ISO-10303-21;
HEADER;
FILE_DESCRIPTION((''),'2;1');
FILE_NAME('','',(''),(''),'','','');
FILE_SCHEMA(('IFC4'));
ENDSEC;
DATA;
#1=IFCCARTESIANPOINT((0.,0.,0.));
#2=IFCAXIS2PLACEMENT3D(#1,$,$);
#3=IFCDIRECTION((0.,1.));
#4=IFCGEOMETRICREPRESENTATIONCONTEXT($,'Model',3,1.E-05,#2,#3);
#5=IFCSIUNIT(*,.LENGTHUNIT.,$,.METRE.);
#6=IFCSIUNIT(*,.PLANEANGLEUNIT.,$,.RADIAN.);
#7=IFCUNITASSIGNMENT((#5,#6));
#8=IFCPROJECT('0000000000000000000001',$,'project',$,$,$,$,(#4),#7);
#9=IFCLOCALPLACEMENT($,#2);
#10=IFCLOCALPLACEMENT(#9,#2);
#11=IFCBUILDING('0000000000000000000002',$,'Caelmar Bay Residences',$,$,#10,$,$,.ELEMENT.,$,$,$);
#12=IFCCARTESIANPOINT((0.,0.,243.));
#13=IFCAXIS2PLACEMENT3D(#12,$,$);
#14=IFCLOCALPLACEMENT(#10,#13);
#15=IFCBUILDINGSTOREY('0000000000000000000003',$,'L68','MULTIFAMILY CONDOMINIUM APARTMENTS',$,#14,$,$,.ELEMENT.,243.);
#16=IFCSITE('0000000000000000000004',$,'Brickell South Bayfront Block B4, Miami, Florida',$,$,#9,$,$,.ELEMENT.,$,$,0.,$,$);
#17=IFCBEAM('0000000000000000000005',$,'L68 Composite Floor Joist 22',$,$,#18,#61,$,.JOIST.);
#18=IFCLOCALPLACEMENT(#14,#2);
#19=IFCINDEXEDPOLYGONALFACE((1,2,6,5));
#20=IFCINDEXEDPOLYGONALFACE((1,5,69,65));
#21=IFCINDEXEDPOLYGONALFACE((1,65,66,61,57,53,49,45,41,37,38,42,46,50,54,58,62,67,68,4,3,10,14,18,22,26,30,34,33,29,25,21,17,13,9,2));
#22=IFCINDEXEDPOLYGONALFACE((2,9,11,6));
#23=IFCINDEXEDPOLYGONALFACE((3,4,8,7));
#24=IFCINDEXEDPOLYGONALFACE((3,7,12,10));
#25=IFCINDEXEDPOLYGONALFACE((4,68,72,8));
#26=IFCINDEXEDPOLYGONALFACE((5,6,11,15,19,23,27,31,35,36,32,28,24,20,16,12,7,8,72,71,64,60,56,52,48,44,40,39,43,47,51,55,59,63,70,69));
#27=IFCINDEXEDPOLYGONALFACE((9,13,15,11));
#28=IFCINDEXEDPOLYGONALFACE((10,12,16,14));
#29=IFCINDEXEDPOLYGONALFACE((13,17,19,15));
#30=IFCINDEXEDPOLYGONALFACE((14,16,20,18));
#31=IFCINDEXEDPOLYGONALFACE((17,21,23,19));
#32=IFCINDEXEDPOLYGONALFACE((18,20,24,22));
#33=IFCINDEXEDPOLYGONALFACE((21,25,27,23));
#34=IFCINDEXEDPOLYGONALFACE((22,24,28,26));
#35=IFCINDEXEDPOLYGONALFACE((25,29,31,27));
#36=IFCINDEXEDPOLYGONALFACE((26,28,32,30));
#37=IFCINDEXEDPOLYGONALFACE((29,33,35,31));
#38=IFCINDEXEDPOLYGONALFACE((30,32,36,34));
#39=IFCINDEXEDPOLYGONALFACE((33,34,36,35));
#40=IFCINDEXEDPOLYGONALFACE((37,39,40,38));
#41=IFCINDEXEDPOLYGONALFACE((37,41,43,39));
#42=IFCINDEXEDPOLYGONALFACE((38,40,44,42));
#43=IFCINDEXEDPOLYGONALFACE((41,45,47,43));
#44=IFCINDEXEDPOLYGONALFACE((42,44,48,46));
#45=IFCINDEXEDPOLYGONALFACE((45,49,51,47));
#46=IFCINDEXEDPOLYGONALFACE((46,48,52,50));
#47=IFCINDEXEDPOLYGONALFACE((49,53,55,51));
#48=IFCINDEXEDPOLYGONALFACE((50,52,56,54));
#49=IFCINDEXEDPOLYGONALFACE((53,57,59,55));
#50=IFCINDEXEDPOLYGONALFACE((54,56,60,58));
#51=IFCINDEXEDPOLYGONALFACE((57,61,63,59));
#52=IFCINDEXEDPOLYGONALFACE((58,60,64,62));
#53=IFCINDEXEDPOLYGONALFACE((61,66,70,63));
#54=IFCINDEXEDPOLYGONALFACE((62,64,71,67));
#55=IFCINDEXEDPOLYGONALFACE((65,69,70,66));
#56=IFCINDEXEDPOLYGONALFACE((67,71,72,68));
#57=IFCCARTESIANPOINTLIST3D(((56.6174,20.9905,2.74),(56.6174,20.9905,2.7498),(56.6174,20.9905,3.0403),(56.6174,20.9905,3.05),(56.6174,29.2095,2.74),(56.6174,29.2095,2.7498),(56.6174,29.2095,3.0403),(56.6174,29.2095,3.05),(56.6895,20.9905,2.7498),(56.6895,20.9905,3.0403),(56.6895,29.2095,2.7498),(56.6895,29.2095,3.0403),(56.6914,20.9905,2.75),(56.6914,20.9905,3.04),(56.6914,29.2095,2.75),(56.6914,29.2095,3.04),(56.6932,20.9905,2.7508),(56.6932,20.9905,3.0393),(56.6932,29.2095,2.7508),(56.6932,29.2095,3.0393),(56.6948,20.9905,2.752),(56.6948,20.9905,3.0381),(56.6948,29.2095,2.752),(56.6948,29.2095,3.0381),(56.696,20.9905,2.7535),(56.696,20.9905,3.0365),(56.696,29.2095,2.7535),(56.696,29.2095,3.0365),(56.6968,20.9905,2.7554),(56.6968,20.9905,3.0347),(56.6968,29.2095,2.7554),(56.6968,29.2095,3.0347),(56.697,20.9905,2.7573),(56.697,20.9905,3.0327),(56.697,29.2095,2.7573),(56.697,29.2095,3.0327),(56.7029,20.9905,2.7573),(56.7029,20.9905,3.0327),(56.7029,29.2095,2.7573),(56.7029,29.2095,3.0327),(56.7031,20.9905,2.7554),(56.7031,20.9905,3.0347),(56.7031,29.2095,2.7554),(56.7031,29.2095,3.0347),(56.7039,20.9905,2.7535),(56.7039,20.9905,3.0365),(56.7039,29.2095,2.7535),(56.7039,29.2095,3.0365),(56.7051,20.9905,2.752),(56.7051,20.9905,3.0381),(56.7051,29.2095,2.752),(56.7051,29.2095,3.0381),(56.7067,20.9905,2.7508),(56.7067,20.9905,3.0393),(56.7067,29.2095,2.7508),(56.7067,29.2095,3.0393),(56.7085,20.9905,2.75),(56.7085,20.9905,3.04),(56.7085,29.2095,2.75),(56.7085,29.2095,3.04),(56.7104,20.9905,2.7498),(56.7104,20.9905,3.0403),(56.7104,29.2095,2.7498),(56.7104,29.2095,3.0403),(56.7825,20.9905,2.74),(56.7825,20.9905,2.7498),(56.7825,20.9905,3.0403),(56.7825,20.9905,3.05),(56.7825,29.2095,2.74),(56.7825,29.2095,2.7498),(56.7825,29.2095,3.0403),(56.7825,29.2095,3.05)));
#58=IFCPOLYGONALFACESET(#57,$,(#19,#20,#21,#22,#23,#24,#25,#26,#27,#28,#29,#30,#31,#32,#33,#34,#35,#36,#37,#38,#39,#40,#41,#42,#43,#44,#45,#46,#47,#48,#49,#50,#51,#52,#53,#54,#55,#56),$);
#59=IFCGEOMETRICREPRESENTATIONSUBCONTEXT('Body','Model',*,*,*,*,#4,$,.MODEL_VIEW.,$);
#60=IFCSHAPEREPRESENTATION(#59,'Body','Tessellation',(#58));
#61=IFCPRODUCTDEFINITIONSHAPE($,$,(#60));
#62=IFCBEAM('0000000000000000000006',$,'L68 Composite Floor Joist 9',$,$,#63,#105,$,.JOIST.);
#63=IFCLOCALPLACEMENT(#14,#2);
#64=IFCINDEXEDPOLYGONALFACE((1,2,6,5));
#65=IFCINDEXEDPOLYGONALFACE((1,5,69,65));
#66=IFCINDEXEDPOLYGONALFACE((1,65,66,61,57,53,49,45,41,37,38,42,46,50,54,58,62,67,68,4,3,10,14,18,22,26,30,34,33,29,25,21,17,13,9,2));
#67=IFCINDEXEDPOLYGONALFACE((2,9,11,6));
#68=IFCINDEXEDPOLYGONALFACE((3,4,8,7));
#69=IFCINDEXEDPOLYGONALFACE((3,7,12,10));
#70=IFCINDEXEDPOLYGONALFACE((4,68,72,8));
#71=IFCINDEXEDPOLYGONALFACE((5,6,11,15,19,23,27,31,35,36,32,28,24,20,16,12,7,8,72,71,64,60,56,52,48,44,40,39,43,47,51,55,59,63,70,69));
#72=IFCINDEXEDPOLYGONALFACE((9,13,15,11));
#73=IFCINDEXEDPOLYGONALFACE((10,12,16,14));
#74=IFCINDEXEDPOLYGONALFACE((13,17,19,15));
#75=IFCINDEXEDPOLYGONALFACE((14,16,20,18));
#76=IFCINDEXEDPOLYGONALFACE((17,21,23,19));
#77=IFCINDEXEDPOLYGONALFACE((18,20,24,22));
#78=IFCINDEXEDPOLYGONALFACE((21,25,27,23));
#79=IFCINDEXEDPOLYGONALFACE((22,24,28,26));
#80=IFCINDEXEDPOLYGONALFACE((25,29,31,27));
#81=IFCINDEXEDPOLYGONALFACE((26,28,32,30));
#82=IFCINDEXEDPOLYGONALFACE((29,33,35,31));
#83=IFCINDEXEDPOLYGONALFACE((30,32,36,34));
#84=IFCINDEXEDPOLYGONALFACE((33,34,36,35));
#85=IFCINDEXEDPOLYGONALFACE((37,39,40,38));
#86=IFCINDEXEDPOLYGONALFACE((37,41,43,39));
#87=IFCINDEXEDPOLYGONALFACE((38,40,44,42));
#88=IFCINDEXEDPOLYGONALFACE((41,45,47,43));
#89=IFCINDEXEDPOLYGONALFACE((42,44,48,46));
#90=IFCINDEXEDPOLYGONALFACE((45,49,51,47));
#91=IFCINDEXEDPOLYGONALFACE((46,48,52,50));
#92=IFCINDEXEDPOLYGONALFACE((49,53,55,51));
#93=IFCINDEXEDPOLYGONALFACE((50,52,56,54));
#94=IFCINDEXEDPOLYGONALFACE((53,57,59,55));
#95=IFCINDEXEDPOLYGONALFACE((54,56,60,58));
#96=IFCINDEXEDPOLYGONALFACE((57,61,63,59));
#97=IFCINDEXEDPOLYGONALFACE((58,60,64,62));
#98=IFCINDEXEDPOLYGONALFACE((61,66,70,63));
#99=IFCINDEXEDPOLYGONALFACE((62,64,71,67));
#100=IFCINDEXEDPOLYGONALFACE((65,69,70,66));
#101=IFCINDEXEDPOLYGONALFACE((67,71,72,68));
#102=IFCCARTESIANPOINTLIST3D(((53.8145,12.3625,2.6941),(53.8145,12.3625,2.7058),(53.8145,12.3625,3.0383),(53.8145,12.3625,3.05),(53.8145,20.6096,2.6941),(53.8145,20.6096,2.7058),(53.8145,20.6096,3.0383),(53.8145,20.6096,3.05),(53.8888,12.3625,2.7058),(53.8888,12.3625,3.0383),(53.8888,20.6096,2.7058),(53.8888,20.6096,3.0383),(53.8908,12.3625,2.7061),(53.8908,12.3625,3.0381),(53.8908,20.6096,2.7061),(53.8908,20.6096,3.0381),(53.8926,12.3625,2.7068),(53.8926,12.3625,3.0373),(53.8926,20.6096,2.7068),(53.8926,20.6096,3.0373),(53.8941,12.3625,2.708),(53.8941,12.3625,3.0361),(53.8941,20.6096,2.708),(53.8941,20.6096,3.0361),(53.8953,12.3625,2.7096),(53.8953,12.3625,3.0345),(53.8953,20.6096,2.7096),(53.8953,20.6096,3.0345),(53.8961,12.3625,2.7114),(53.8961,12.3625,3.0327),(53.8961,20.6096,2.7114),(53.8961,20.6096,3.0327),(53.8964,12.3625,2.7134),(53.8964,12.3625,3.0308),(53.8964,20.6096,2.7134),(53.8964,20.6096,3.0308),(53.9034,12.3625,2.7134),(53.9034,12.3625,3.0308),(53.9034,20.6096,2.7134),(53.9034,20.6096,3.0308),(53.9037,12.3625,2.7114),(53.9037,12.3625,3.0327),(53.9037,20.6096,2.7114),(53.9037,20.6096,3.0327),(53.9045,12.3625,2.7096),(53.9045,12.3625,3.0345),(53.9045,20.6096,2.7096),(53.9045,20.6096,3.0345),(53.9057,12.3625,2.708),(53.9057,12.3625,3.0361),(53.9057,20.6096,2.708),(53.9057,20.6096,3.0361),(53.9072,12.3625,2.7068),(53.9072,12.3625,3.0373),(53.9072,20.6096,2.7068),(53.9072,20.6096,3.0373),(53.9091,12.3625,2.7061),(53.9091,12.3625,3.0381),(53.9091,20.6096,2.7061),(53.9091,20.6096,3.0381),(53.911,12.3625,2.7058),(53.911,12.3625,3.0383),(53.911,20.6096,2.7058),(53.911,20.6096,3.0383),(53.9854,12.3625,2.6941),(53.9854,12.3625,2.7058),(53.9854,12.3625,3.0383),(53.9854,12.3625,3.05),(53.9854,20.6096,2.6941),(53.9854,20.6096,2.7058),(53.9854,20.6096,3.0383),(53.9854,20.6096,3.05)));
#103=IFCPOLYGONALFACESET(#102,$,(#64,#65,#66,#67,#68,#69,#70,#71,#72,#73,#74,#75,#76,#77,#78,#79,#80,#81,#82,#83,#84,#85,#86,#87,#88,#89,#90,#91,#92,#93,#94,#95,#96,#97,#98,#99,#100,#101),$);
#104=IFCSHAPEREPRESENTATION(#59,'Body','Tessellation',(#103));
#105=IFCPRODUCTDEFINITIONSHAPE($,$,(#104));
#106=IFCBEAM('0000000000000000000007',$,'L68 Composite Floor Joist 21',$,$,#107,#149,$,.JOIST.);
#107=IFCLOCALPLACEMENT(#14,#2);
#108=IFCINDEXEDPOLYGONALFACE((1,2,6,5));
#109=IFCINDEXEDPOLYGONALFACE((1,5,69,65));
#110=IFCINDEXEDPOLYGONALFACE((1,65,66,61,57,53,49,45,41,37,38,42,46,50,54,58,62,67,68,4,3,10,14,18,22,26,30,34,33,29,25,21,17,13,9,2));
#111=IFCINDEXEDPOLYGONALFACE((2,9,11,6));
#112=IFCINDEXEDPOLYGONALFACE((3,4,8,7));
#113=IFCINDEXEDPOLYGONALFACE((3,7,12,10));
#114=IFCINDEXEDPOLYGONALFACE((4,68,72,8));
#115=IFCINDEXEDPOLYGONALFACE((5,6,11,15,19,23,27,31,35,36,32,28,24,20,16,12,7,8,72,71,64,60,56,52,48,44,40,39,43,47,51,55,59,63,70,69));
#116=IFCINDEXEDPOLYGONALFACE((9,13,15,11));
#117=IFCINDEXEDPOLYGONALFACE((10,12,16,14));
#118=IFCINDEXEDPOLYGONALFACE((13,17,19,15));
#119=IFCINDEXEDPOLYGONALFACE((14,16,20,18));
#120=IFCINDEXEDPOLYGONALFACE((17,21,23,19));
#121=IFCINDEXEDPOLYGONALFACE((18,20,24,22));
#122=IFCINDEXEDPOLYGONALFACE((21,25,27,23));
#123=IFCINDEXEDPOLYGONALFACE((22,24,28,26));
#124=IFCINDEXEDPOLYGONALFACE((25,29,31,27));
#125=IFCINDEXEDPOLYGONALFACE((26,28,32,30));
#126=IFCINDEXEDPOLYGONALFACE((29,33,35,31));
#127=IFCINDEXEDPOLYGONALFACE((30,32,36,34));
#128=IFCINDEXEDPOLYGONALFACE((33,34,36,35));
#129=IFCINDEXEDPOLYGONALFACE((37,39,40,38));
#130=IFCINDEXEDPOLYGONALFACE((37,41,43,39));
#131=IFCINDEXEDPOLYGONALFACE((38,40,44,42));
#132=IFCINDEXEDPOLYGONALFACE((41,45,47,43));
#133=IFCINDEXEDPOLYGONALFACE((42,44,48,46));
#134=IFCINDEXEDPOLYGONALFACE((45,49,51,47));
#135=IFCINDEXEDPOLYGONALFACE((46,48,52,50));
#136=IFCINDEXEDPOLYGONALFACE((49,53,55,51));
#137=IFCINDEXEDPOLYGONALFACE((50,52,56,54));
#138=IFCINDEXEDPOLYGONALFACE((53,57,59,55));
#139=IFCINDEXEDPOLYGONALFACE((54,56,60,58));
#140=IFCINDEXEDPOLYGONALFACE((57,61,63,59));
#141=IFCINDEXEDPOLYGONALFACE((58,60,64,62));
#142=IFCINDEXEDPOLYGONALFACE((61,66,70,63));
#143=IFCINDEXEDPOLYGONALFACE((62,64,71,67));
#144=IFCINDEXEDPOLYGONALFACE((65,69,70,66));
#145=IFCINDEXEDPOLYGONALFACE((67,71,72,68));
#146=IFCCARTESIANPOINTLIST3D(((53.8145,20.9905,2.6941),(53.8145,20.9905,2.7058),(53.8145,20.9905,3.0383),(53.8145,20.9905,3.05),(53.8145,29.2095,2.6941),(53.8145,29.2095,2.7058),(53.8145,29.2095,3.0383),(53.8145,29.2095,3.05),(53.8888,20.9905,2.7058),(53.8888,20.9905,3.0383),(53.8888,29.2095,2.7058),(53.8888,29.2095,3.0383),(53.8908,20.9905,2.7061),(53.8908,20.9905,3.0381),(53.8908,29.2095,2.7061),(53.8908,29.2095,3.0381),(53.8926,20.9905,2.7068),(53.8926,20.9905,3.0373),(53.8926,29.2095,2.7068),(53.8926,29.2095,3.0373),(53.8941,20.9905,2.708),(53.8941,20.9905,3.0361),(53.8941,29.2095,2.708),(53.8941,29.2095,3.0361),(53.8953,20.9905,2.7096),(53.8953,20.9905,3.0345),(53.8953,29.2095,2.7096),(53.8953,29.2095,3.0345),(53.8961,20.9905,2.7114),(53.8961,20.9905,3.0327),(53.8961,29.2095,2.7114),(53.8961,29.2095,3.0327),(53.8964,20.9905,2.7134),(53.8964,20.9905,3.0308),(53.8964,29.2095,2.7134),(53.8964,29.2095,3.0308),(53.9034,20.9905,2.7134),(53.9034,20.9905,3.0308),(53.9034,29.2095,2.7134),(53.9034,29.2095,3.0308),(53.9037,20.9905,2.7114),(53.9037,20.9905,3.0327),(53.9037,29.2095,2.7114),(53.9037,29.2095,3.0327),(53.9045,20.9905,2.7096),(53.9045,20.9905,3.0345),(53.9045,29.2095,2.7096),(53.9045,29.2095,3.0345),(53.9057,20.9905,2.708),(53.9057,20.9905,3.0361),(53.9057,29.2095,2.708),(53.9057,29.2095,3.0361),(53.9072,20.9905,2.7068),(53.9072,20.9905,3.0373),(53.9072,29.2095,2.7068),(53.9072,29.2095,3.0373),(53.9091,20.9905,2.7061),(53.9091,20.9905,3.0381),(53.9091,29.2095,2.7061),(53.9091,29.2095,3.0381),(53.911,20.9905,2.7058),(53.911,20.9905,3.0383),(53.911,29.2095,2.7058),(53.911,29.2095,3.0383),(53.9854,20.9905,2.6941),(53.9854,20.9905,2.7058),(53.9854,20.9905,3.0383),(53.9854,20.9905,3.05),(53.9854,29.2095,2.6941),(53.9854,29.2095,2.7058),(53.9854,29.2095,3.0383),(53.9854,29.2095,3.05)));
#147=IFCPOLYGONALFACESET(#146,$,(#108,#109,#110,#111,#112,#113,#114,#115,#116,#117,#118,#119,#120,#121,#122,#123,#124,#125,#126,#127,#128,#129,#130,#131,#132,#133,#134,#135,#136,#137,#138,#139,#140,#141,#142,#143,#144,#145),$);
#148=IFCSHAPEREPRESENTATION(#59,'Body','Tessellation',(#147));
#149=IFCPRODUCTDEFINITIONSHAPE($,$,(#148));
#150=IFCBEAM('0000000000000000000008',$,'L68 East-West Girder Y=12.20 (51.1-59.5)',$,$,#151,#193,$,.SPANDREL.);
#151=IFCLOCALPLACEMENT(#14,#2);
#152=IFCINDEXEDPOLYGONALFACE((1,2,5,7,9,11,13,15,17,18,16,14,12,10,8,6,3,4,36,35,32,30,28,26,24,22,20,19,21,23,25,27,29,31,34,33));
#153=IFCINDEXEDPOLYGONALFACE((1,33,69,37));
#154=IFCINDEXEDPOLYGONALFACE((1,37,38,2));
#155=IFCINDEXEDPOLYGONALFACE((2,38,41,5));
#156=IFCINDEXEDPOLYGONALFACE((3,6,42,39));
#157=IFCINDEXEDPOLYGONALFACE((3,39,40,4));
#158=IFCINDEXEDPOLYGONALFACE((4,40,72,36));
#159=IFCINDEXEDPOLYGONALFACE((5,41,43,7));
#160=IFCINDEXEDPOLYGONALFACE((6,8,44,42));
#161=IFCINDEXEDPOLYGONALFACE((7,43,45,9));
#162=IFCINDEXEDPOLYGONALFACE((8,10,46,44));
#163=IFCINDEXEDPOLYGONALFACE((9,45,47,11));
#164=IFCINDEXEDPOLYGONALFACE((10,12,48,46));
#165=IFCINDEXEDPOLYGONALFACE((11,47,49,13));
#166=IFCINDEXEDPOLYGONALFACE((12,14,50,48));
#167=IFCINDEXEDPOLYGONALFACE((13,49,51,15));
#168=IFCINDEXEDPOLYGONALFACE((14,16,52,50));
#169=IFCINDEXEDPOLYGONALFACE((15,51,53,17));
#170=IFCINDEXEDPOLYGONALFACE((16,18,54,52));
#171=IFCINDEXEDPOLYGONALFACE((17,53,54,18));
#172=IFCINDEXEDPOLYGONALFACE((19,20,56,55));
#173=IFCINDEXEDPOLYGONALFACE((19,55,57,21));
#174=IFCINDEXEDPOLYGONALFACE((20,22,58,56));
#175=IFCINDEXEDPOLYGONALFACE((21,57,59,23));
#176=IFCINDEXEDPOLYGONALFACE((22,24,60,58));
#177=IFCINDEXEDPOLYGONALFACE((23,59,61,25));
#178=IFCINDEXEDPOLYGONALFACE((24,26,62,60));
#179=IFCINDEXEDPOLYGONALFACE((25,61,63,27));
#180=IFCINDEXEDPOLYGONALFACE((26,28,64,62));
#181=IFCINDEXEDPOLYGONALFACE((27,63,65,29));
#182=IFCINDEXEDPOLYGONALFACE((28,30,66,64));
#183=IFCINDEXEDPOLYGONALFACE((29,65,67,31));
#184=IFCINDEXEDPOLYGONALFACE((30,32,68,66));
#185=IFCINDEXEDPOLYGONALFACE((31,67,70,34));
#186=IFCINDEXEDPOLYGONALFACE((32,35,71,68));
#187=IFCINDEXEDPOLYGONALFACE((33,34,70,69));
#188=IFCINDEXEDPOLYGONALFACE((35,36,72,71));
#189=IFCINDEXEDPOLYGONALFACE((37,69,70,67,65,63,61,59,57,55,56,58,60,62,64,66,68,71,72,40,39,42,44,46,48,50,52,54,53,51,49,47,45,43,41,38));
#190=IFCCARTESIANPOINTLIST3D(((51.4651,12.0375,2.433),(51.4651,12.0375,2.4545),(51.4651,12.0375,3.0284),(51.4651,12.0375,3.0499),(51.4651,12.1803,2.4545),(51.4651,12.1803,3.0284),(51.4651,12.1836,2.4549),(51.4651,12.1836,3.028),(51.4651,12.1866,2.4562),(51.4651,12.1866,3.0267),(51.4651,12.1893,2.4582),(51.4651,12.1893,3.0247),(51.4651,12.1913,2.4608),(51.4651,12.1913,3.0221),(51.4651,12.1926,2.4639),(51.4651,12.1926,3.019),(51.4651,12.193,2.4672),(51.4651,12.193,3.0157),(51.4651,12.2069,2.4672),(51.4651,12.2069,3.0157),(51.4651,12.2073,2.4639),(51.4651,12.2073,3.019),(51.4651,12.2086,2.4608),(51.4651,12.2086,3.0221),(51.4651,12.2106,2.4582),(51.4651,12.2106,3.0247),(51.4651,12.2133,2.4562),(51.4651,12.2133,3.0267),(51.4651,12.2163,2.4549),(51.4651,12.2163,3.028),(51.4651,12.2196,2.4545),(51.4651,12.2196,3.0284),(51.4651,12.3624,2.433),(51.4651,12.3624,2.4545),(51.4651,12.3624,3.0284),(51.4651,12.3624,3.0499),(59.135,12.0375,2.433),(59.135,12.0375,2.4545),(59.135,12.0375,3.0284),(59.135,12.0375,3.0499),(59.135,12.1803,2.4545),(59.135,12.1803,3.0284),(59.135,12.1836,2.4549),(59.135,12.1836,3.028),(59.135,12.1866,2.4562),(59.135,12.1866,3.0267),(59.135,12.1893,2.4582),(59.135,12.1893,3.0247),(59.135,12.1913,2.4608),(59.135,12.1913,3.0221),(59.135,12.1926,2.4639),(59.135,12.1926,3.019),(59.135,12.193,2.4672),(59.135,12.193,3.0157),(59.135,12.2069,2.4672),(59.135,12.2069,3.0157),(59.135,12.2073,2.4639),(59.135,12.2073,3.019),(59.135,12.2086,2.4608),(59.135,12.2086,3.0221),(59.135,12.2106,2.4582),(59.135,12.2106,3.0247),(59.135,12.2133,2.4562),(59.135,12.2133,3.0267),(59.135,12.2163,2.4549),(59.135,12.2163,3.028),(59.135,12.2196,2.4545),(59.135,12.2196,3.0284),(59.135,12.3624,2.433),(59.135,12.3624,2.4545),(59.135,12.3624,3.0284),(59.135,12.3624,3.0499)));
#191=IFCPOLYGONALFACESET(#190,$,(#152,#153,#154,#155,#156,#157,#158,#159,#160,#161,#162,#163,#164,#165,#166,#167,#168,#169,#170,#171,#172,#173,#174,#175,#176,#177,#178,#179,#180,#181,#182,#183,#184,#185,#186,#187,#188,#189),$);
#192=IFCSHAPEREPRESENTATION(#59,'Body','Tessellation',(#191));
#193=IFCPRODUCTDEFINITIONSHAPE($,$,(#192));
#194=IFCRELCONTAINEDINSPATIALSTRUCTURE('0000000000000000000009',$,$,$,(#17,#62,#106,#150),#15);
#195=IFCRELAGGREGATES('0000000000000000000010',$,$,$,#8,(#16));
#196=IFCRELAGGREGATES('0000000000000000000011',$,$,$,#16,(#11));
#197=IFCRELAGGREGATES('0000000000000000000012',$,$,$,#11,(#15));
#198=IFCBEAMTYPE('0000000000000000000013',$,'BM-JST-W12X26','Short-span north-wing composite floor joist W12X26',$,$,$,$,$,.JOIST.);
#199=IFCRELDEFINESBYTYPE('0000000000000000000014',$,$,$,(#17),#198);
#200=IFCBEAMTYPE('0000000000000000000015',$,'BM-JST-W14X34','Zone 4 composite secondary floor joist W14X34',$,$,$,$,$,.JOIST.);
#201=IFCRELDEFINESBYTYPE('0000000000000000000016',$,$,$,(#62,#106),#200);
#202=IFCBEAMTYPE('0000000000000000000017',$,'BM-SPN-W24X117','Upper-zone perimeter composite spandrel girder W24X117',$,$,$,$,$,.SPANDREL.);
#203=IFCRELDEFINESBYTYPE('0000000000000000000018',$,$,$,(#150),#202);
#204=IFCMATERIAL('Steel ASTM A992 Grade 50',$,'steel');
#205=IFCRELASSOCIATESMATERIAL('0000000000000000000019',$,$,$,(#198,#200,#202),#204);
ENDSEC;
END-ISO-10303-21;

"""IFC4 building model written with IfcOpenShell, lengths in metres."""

from ifc_helpers import new_model, si_unit, direction, frame, origin, origin_2d, place, context, subcontext, project, spatial, i_section, extrude, material, material_profile, profile_set, type_object, element, save


model = new_model("IFC4")

# Units and contexts
model_context = context("Model", 3, precision=1e-05, world=origin(), true_north=direction((0.0, 1.0)))
body_context = subcontext(model_context, "Body", "Model", "MODEL_VIEW")
ifc_project = project(units=[si_unit("LENGTHUNIT", "METRE"), si_unit("PLANEANGLEUNIT", "RADIAN")], contexts=[model_context])

# Site, building, storey
site_placement = place(None, origin())
site = spatial("IfcSite", under=ifc_project, at=site_placement, Name="Brickell South Bayfront Block B4, Miami, Florida", CompositionType="ELEMENT", RefElevation=0.0)
building_placement = place(site_placement, origin())
building = spatial("IfcBuilding", under=site, at=building_placement, Name="Caelmar Bay Residences", CompositionType="ELEMENT")
storey_placement = place(building_placement, frame((0.0, 0.0, 243.0)))
storey = spatial("IfcBuildingStorey", under=building, at=storey_placement, Name="L68", Description="MULTIFAMILY CONDOMINIUM APARTMENTS", CompositionType="ELEMENT", Elevation=243.0)

# Beams
ifc_material_1 = material(Name="Steel ASTM A992 Grade 50", Category="steel")
ifc_material_profile_1 = material_profile(ifc_material_1, i_section(OverallWidth=0.165, OverallDepth=0.3101, WebThickness=0.0059, FlangeThickness=0.0098, FilletRadius=0.0076, at=origin_2d()), Name="W12X26")
ifc_profile_set_1 = profile_set([ifc_material_profile_1], Name="Steel ASTM A992 Grade 50")
beam_type_1 = type_object("IfcBeamType", Name="BM-JST-W12X26", Description="Short-span north-wing composite floor joist W12X26", PredefinedType="JOIST", material=ifc_profile_set_1)
beam_1_placement = place(storey_placement, frame((56.7, 20.9905, 2.895), z_axis=(0.0, 1.0, 0.0), x_axis=(-1.0, 0.0, 0.0)))
element("IfcBeam", 1, at=beam_1_placement, inside=storey, type_object=beam_type_1, Name="L68 Composite Floor Joist 22", PredefinedType="JOIST", context=body_context, shape_type="SweptSolid", body=[
    extrude(i_section(OverallWidth=0.165, OverallDepth=0.3101, WebThickness=0.0059, FlangeThickness=0.0098, FilletRadius=0.0076, at=origin_2d()), origin(), (0.0, 0.0, 1.0), 8.219),
])
ifc_material_profile_2 = material_profile(ifc_material_1, i_section(OverallWidth=0.1709, OverallDepth=0.356, WebThickness=0.0071, FlangeThickness=0.0117, FilletRadius=0.0076, at=origin_2d()), Name="W14X34")
ifc_profile_set_2 = profile_set([ifc_material_profile_2], Name="Steel ASTM A992 Grade 50")
beam_type_2 = type_object("IfcBeamType", Name="BM-JST-W14X34", Description="Zone 4 composite secondary floor joist W14X34", PredefinedType="JOIST", material=ifc_profile_set_2)
beam_2_placement = place(storey_placement, frame((53.8999, 12.3625, 2.8721), z_axis=(0.0, 1.0, 0.0), x_axis=(-1.0, 0.0, 0.0)))
element("IfcBeam", 2, at=beam_2_placement, inside=storey, type_object=beam_type_2, Name="L68 Composite Floor Joist 9", PredefinedType="JOIST", context=body_context, shape_type="SweptSolid", body=[
    extrude(i_section(OverallWidth=0.1709, OverallDepth=0.356, WebThickness=0.0071, FlangeThickness=0.0117, FilletRadius=0.0076, at=origin_2d()), origin(), (0.0, 0.0, 1.0), 8.2471),
])
beam_3_placement = place(storey_placement, frame((53.8999, 20.9905, 2.8721), z_axis=(0.0, 1.0, 0.0), x_axis=(-1.0, 0.0, 0.0)))
element("IfcBeam", 3, at=beam_3_placement, inside=storey, type_object=beam_type_2, Name="L68 Composite Floor Joist 21", PredefinedType="JOIST", context=body_context, shape_type="SweptSolid", body=[
    extrude(i_section(OverallWidth=0.1709, OverallDepth=0.356, WebThickness=0.0071, FlangeThickness=0.0117, FilletRadius=0.0076, at=origin_2d()), origin(), (0.0, 0.0, 1.0), 8.219),
])
ifc_material_profile_3 = material_profile(ifc_material_1, i_section(OverallWidth=0.325, OverallDepth=0.6169, WebThickness=0.0139, FlangeThickness=0.0215, FilletRadius=0.0127, at=origin_2d()), Name="W24X117")
ifc_profile_set_3 = profile_set([ifc_material_profile_3], Name="Steel ASTM A992 Grade 50")
beam_type_3 = type_object("IfcBeamType", Name="BM-SPN-W24X117", Description="Upper-zone perimeter composite spandrel girder W24X117", PredefinedType="SPANDREL", material=ifc_profile_set_3)
beam_4_placement = place(storey_placement, frame((51.4651, 12.2, 2.7415), z_axis=(1.0, 0.0, 0.0), x_axis=(0.0, 1.0, 0.0)))
element("IfcBeam", 4, at=beam_4_placement, inside=storey, type_object=beam_type_3, Name="L68 East-West Girder Y=12.20 (51.1-59.5)", PredefinedType="SPANDREL", context=body_context, shape_type="SweptSolid", body=[
    extrude(i_section(OverallWidth=0.325, OverallDepth=0.6169, WebThickness=0.0139, FlangeThickness=0.0215, FilletRadius=0.0127, at=origin_2d()), origin(), (0.0, 0.0, 1.0), 7.6699),
])

save(model, "model.ifc")
